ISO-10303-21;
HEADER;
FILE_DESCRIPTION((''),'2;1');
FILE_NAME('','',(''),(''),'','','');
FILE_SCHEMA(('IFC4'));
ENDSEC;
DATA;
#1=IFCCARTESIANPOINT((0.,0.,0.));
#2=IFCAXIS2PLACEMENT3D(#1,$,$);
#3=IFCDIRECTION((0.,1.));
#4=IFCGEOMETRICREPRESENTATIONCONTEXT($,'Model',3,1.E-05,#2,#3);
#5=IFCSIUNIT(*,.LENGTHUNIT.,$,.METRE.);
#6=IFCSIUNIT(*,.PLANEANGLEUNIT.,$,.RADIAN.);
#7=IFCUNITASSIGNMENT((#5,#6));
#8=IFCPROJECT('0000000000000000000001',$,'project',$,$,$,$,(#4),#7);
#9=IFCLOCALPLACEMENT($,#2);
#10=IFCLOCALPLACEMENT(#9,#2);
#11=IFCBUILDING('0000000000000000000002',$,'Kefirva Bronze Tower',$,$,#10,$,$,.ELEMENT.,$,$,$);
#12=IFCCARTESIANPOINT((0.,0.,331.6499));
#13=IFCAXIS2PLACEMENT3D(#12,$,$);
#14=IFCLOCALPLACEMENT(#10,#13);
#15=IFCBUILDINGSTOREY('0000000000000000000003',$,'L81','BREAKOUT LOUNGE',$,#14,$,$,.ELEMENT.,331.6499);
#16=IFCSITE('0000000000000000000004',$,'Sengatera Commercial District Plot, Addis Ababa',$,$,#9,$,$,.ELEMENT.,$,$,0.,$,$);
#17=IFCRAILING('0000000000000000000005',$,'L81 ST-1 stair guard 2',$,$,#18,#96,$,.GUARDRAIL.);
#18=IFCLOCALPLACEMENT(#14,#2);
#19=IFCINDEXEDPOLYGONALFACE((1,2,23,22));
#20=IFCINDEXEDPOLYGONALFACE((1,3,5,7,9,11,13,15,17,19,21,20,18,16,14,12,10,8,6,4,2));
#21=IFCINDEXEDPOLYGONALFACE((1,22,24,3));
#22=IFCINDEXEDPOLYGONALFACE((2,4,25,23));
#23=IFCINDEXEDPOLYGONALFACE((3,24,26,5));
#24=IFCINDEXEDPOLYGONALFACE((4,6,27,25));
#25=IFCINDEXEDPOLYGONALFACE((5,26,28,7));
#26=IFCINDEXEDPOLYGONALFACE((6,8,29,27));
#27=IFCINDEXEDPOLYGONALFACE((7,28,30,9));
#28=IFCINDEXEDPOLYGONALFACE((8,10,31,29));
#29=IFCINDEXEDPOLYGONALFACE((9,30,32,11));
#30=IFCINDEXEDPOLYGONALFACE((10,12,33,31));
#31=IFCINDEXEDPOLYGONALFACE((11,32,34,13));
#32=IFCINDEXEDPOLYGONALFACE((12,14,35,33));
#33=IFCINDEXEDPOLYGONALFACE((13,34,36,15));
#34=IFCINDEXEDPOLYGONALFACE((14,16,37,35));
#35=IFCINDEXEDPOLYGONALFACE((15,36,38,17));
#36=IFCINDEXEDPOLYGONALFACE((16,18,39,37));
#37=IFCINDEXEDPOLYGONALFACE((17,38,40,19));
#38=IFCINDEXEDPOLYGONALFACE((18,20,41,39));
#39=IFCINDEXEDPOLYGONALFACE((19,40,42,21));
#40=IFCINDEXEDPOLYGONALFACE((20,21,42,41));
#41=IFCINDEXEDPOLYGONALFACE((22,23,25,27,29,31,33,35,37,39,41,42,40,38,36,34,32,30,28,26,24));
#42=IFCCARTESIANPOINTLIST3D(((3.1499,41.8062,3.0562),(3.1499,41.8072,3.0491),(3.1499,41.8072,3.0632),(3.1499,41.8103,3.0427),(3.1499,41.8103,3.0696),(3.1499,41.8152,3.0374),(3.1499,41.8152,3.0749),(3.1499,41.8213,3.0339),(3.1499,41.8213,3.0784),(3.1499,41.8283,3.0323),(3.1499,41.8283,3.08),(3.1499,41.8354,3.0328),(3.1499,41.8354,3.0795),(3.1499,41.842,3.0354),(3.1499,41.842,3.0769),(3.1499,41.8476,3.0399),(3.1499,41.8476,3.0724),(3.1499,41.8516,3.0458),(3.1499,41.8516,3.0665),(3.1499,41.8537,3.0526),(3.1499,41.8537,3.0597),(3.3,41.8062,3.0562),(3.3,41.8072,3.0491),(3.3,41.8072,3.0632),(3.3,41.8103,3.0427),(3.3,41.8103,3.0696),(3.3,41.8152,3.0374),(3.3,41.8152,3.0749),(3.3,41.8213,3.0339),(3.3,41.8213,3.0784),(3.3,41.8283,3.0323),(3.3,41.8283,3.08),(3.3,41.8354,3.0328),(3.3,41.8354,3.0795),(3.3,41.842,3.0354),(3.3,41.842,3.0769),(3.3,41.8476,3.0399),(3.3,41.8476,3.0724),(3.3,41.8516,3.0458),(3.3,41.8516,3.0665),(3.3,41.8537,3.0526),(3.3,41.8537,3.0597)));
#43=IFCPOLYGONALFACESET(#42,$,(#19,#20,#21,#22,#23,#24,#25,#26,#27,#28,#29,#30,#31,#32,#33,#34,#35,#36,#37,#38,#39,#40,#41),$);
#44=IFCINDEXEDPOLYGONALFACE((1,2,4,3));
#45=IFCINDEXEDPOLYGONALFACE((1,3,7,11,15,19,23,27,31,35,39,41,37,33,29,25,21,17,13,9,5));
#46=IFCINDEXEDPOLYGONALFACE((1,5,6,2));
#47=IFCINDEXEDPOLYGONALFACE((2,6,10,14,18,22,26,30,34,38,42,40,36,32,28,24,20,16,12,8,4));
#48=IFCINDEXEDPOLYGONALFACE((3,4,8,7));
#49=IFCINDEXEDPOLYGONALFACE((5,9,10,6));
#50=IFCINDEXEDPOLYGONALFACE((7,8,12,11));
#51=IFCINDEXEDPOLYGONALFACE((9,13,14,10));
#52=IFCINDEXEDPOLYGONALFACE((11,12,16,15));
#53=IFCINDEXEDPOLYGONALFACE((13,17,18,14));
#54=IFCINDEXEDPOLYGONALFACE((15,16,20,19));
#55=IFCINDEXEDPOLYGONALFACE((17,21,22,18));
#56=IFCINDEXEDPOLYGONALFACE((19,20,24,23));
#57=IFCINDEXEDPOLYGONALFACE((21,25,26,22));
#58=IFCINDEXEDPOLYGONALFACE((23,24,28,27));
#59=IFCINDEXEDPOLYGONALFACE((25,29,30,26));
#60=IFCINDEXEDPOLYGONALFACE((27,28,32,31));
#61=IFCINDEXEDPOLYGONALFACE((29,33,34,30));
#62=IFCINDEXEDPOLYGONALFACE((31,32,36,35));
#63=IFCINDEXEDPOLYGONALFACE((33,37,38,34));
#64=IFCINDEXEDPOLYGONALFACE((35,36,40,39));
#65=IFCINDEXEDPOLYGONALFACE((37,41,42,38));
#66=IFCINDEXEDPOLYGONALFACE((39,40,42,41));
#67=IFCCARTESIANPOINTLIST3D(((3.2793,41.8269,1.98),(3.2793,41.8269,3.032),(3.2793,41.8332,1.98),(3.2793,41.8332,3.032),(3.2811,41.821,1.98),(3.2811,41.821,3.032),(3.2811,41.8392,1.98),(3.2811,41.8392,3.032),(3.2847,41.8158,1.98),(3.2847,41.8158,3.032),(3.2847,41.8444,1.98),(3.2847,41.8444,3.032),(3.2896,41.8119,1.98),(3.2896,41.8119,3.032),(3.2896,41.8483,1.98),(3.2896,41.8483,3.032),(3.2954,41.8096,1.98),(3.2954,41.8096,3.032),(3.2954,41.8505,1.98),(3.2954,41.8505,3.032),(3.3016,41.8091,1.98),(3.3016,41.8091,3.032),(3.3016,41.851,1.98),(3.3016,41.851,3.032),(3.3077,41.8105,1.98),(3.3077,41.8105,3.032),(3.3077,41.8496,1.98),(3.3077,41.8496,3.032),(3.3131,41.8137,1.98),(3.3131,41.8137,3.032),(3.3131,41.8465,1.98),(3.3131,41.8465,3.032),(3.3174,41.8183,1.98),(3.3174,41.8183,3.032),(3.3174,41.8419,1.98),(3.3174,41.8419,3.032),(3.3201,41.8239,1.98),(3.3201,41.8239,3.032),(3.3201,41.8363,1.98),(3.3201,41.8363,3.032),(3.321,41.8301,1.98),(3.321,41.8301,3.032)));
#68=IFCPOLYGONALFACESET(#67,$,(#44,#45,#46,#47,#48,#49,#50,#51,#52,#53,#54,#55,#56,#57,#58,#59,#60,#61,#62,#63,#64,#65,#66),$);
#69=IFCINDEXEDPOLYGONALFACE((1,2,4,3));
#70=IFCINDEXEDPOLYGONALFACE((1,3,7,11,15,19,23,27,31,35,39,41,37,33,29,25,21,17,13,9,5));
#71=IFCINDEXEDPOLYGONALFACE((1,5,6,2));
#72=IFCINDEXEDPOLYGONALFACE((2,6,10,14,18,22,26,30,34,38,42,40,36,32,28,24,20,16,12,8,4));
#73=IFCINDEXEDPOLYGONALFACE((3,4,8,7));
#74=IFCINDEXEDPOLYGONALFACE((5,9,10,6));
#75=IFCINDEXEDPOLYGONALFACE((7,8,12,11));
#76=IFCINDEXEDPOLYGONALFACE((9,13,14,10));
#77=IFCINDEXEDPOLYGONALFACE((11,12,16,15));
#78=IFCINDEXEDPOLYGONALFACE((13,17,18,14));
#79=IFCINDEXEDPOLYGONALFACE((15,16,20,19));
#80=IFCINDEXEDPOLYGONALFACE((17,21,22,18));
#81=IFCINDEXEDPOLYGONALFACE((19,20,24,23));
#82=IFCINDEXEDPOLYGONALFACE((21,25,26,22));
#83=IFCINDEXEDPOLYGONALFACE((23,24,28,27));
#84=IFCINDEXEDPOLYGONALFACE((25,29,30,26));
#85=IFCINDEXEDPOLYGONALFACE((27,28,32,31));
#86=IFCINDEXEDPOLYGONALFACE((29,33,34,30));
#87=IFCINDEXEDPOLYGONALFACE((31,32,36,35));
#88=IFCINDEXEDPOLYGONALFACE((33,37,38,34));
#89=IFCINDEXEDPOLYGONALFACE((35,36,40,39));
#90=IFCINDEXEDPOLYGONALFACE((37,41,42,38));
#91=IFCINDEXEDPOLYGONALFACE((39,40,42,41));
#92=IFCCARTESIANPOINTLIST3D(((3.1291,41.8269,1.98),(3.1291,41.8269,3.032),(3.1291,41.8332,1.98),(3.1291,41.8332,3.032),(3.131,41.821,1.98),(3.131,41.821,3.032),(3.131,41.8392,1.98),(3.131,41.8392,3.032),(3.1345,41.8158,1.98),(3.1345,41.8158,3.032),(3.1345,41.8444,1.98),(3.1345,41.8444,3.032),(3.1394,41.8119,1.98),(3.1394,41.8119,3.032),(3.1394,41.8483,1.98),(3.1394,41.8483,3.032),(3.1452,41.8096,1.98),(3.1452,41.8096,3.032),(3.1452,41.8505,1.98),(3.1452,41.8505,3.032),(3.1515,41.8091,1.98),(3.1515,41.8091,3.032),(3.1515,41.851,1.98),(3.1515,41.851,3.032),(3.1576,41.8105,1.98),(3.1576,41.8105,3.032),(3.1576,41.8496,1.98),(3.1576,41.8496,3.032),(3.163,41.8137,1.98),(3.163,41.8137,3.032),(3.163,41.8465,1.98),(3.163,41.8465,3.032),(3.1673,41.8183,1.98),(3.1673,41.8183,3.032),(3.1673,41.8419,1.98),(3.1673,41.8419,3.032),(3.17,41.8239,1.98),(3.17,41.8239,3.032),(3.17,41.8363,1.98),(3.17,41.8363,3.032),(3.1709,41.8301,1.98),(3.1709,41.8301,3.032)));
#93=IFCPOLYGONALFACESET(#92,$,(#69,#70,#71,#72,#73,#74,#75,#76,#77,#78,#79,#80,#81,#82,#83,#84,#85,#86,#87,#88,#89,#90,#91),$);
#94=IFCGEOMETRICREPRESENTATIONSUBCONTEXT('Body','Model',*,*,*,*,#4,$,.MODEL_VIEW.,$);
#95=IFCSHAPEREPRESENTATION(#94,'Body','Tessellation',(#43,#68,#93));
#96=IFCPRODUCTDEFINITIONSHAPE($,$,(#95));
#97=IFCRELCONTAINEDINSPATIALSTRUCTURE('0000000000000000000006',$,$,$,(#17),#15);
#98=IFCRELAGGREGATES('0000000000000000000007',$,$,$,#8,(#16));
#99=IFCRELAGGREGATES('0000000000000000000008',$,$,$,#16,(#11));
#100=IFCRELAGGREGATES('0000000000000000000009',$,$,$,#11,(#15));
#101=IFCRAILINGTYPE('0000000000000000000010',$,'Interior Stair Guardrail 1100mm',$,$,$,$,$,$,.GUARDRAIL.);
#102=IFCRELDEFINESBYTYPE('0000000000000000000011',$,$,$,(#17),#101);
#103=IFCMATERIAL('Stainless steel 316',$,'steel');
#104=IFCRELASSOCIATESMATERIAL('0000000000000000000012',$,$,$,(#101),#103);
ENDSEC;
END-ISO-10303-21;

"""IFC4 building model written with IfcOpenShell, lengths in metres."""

from ifc_helpers import new_model, si_unit, direction, frame, origin, origin_2d, place, context, subcontext, project, spatial, circle, extrude, material, type_object, element, save


model = new_model("IFC4")

# Units and contexts
model_context = context("Model", 3, precision=1e-05, world=origin(), true_north=direction((0.0, 1.0)))
body_context = subcontext(model_context, "Body", "Model", "MODEL_VIEW")
ifc_project = project(units=[si_unit("LENGTHUNIT", "METRE"), si_unit("PLANEANGLEUNIT", "RADIAN")], contexts=[model_context])

# Site, building, storey
site_placement = place(None, origin())
site = spatial("IfcSite", under=ifc_project, at=site_placement, Name="Sengatera Commercial District Plot, Addis Ababa", CompositionType="ELEMENT", RefElevation=0.0)
building_placement = place(site_placement, origin())
building = spatial("IfcBuilding", under=site, at=building_placement, Name="Kefirva Bronze Tower", CompositionType="ELEMENT")
storey_placement = place(building_placement, frame((0.0, 0.0, 331.6499)))
storey = spatial("IfcBuildingStorey", under=building, at=storey_placement, Name="L81", Description="BREAKOUT LOUNGE", CompositionType="ELEMENT", Elevation=331.6499)

# Railing
ifc_material_1 = material(Name="Stainless steel 316", Category="steel")
railing_type_1 = type_object("IfcRailingType", Name="Interior Stair Guardrail 1100mm", PredefinedType="GUARDRAIL", material=ifc_material_1)
railing_1_placement = place(storey_placement, frame((3.3, 41.8301, 1.98)))
element("IfcRailing", 1, at=railing_1_placement, inside=storey, type_object=railing_type_1, Name="L81 ST-1 stair guard 2", PredefinedType="GUARDRAIL", context=body_context, shape_type="SweptSolid", body=[
    extrude(circle(Radius=0.0239, at=origin_2d()), frame((0.0, 0.0, 1.0762), z_axis=(-1.0, 0.0, 0.0), x_axis=(0.0, -1.0, 0.0)), (0.0, 0.0, 1.0), 0.1501),
    extrude(circle(Radius=0.021, at=origin_2d()), origin(), (0.0, 0.0, 1.0), 1.052),
    extrude(circle(Radius=0.021, at=origin_2d()), frame((-0.1501, 0.0, 0.0)), (0.0, 0.0, 1.0), 1.052),
])

save(model, "model.ifc")
